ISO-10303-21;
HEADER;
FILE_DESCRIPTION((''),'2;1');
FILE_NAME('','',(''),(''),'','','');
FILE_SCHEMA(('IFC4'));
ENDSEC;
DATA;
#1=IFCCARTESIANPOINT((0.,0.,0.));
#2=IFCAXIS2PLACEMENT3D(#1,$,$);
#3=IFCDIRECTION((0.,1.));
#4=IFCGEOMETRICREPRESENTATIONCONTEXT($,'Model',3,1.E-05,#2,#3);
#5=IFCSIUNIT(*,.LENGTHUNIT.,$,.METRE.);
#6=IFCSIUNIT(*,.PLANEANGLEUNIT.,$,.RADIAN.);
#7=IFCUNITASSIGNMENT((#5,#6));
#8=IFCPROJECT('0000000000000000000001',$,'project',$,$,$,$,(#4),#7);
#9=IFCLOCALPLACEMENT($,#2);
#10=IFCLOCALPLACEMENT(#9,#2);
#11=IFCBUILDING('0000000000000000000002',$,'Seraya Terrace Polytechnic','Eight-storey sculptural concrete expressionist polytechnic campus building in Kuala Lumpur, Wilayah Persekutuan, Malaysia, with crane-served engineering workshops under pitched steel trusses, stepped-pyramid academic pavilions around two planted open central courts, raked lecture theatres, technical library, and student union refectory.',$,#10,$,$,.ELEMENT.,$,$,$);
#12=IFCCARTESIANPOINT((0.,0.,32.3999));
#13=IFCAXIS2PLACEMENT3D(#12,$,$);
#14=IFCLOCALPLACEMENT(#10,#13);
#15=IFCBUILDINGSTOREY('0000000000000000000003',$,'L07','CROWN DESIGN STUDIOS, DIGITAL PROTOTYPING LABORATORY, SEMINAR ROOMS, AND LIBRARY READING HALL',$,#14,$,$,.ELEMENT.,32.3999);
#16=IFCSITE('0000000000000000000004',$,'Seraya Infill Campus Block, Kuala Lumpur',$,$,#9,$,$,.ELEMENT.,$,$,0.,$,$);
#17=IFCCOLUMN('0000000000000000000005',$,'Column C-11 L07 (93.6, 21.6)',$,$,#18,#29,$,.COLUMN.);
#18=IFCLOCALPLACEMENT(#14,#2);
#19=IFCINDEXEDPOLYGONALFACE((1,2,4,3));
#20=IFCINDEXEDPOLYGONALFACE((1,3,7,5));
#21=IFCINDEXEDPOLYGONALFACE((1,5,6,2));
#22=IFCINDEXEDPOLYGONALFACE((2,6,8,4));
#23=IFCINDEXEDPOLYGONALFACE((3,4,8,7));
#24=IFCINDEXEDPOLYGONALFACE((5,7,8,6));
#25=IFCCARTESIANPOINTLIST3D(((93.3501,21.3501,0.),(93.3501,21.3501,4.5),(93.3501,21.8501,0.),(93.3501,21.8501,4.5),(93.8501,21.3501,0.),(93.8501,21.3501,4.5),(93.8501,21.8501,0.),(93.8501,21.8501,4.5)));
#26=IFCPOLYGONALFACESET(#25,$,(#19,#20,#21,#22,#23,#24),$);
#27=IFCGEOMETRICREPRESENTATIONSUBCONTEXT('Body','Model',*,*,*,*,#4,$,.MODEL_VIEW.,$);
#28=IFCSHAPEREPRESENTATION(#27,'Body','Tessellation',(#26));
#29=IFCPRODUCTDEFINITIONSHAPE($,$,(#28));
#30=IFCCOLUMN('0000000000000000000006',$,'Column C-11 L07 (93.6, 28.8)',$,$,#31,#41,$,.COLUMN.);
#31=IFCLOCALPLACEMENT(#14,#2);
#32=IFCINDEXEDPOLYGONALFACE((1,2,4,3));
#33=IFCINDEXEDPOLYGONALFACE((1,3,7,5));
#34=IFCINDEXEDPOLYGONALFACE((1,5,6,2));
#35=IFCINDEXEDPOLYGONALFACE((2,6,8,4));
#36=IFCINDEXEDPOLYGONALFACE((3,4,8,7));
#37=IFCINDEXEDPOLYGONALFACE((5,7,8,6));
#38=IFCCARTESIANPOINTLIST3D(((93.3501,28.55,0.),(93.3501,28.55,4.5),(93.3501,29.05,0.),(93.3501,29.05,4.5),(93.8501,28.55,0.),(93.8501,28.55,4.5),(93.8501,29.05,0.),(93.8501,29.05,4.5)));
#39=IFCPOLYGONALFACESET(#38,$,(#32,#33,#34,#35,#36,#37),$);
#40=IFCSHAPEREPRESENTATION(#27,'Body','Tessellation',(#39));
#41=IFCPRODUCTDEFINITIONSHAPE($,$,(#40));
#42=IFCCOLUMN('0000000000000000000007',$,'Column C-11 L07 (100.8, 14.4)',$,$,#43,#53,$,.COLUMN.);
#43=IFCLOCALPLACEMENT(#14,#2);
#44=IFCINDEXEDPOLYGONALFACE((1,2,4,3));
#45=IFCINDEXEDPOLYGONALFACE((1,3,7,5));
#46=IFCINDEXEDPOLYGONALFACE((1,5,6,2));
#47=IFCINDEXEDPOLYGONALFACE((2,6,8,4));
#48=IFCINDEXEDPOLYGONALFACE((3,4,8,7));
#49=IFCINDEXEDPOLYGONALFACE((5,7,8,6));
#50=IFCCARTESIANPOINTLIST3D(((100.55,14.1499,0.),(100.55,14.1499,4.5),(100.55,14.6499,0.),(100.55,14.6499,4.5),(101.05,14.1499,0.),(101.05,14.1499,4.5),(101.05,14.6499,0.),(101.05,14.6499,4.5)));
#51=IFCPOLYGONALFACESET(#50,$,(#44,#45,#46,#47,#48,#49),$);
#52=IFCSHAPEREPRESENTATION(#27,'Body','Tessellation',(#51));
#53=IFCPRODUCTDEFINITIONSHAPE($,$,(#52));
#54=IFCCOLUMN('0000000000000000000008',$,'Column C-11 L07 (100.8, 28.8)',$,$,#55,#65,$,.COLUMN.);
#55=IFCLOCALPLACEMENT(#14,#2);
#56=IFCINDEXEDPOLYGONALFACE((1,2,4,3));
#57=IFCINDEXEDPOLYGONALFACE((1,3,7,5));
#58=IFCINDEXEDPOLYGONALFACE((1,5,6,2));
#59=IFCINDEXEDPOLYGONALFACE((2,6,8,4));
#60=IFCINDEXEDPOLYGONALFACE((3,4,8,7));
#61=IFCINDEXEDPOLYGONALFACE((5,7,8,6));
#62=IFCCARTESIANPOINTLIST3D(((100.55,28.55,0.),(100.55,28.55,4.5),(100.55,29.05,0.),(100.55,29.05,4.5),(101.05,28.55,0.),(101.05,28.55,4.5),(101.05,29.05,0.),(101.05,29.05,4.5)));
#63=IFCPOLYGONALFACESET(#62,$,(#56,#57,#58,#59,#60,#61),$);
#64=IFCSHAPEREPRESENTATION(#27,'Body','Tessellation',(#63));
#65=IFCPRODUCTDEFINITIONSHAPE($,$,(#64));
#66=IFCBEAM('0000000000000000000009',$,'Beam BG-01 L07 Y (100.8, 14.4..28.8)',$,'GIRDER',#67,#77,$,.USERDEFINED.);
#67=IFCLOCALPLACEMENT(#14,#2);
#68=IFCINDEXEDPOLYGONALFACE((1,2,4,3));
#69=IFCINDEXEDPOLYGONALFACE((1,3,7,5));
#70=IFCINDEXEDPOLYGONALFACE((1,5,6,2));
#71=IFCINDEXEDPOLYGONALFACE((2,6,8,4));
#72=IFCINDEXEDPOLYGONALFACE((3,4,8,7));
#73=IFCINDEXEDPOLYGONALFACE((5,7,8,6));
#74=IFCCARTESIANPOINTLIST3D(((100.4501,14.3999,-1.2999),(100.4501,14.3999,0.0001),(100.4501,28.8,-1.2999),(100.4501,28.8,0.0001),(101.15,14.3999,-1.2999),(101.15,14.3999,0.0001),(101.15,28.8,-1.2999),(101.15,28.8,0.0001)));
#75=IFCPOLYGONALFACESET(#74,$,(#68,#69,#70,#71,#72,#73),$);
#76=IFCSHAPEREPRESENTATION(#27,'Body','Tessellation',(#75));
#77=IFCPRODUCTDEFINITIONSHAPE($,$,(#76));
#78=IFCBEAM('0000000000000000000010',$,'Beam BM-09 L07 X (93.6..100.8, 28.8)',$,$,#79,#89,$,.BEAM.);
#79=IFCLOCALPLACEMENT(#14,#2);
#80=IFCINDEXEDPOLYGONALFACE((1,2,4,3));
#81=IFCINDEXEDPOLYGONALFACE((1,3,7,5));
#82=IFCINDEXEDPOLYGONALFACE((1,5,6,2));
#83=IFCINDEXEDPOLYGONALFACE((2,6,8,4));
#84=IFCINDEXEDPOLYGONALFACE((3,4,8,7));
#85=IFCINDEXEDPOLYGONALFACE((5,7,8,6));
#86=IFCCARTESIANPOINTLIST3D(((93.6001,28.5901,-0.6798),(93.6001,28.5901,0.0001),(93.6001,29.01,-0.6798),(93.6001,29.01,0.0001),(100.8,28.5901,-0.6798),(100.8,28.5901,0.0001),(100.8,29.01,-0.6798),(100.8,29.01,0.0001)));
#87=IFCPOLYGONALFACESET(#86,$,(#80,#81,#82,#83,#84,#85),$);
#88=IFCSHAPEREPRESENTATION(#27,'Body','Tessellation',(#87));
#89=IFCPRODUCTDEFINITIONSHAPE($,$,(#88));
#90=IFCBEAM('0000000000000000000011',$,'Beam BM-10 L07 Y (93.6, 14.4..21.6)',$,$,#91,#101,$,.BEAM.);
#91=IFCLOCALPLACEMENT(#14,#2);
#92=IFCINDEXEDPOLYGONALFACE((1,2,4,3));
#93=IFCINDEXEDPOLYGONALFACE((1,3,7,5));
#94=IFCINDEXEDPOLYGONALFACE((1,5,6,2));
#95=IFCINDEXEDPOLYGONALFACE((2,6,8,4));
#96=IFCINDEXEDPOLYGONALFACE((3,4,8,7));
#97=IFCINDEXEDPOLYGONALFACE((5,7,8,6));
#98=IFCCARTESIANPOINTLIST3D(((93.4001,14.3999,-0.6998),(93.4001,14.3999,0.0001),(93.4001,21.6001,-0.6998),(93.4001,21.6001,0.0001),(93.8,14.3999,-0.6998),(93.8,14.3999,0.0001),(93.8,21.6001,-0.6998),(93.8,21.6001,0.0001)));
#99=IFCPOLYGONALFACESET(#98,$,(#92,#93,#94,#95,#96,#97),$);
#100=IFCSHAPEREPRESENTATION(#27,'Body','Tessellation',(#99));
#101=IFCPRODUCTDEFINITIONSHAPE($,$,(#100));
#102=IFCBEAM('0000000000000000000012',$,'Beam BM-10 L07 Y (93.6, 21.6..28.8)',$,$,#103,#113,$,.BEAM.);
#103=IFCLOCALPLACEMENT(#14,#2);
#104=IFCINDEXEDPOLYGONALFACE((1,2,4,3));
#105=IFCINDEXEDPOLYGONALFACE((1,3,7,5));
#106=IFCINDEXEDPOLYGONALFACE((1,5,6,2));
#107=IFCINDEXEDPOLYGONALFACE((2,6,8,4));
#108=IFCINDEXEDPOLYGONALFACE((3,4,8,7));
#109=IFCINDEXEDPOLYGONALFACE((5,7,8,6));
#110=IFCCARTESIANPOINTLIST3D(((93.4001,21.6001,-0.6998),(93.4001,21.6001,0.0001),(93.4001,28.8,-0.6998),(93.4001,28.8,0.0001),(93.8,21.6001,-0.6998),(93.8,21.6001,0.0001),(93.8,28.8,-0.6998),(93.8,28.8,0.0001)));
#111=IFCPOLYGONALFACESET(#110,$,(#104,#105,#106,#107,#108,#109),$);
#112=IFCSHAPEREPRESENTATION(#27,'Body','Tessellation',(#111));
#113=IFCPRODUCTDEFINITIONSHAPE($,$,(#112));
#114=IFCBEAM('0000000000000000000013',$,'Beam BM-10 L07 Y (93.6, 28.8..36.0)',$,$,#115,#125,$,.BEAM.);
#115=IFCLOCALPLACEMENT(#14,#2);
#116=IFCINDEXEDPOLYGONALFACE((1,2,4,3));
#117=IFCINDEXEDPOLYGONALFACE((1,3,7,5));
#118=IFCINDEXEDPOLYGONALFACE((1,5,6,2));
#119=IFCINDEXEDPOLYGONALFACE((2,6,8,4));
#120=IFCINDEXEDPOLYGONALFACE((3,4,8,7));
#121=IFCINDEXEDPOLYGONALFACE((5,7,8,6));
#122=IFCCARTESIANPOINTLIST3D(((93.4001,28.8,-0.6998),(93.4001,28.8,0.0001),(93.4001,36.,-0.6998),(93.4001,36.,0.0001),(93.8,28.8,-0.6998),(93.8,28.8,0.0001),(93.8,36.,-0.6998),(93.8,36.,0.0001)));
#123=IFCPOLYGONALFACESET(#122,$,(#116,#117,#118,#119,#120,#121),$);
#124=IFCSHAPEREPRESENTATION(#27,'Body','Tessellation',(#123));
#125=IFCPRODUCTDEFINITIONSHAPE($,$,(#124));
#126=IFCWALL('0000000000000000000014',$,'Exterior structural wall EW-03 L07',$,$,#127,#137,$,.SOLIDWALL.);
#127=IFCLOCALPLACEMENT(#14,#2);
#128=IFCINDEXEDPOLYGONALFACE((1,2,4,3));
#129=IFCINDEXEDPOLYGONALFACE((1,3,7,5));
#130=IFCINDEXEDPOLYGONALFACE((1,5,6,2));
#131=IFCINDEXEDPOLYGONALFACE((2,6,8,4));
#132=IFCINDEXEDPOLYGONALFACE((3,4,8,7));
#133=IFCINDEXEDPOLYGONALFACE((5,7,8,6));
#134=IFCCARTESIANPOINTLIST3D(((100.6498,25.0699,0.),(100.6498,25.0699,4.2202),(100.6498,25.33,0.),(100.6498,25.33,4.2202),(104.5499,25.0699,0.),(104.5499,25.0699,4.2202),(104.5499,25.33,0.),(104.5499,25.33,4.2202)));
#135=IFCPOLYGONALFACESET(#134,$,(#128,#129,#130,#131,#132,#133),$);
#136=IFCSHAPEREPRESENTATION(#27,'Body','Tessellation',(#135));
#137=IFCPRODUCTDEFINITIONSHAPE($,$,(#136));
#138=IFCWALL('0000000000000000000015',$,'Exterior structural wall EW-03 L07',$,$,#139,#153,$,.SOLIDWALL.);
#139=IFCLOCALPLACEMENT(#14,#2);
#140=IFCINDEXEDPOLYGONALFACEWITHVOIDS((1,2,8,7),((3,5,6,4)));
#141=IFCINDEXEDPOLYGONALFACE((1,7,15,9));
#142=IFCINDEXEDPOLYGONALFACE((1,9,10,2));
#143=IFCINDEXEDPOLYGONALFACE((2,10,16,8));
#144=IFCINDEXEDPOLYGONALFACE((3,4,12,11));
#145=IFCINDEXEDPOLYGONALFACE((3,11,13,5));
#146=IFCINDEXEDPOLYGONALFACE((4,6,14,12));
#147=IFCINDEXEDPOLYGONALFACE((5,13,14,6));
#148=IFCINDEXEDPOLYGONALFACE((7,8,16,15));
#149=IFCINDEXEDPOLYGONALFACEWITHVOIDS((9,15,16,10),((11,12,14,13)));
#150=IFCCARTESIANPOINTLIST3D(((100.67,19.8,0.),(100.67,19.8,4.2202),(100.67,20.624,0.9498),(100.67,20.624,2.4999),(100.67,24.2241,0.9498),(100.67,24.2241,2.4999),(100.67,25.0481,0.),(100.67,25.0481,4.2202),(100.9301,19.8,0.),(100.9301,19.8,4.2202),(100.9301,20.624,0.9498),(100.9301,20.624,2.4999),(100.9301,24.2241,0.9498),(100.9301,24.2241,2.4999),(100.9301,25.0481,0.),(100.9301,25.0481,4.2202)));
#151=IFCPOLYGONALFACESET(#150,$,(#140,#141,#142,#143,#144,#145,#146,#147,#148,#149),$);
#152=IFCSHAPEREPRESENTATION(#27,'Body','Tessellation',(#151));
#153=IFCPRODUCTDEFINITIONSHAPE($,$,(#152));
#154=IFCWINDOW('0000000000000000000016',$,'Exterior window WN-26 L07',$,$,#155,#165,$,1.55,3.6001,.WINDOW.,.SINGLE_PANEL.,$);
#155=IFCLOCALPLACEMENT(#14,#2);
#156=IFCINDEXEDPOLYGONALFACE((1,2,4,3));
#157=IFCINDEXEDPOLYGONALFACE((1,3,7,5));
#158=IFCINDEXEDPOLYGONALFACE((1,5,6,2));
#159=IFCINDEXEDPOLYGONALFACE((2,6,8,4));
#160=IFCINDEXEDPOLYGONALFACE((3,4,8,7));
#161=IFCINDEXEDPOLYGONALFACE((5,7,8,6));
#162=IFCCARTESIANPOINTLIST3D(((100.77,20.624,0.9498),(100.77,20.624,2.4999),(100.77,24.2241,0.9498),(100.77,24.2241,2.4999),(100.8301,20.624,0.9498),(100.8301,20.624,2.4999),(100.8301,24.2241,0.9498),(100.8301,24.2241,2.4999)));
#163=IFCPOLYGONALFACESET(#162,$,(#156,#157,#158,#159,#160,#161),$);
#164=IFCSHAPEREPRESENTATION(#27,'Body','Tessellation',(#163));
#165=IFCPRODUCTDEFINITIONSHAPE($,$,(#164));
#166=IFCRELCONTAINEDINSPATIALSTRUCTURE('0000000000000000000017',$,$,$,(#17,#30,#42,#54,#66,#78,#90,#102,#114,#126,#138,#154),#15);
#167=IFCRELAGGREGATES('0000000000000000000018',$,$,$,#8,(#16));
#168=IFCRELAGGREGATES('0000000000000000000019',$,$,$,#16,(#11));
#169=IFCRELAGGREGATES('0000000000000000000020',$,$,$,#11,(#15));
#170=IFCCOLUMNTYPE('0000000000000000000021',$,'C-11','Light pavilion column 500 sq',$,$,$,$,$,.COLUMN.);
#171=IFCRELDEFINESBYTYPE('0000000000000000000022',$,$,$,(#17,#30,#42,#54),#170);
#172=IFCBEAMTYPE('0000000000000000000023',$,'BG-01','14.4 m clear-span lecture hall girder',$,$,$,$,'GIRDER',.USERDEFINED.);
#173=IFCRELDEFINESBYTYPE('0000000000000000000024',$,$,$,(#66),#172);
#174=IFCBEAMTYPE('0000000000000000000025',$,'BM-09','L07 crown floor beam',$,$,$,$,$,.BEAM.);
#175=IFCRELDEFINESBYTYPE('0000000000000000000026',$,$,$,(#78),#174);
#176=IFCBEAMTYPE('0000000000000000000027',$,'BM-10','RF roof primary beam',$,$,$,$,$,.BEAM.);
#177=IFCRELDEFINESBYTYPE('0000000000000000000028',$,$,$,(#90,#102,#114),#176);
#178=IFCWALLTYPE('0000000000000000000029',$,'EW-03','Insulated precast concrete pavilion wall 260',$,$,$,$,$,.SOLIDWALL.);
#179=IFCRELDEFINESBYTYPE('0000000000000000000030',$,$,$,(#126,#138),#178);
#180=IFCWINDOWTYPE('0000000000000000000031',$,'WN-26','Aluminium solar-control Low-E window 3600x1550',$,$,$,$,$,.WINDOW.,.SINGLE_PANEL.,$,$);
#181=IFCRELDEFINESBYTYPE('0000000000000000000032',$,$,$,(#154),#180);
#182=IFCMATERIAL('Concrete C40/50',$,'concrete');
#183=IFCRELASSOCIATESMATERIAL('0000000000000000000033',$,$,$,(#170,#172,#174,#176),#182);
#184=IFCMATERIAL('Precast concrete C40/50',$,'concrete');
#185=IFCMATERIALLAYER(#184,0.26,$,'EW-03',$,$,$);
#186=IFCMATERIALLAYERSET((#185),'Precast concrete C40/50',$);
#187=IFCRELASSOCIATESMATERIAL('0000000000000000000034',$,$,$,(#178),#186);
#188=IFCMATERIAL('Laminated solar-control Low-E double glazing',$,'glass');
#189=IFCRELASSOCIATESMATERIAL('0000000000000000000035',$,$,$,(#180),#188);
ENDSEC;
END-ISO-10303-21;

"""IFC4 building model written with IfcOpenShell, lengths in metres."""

from ifc_helpers import new_model, si_unit, direction, frame, frame_2d, origin, origin_2d, place, context, subcontext, project, spatial, rectangle, extrude, material, layer, layer_set, material_profile, profile_set, type_object, element, fill, save


model = new_model("IFC4")

# Units and contexts
model_context = context("Model", 3, precision=1e-05, world=origin(), true_north=direction((0.0, 1.0)))
body_context = subcontext(model_context, "Body", "Model", "MODEL_VIEW")
ifc_project = project(units=[si_unit("LENGTHUNIT", "METRE"), si_unit("PLANEANGLEUNIT", "RADIAN")], contexts=[model_context])

# Site, building, storey
site_placement = place(None, origin())
site = spatial("IfcSite", under=ifc_project, at=site_placement, Name="Seraya Infill Campus Block, Kuala Lumpur", CompositionType="ELEMENT", RefElevation=0.0)
building_placement = place(site_placement, origin())
building = spatial("IfcBuilding", under=site, at=building_placement, Name="Seraya Terrace Polytechnic", Description="Eight-storey sculptural concrete expressionist polytechnic campus building in Kuala Lumpur, Wilayah Persekutuan, Malaysia, with crane-served engineering workshops under pitched steel trusses, stepped-pyramid academic pavilions around two planted open central courts, raked lecture theatres, technical library, and student union refectory.", CompositionType="ELEMENT")
storey_placement = place(building_placement, frame((0.0, 0.0, 32.3999)))
storey = spatial("IfcBuildingStorey", under=building, at=storey_placement, Name="L07", Description="CROWN DESIGN STUDIOS, DIGITAL PROTOTYPING LABORATORY, SEMINAR ROOMS, AND LIBRARY READING HALL", CompositionType="ELEMENT", Elevation=32.3999)

# Columns
ifc_material_1 = material(Name="Concrete C40/50", Category="concrete")
ifc_material_profile_1 = material_profile(ifc_material_1, rectangle(XDim=0.5, YDim=0.5, at=origin_2d()), Name="RC 500x500")
ifc_profile_set_1 = profile_set([ifc_material_profile_1], Name="Concrete C40/50")
column_type = type_object("IfcColumnType", Name="C-11", Description="Light pavilion column 500 sq", PredefinedType="COLUMN", material=ifc_profile_set_1)
for number, where, z_axis, x_axis, name in (
    (1, (93.6001, 21.6001, 0.0), (0.0, 0.0, 1.0), (1.0, 0.0, 0.0), "Column C-11 L07 (93.6, 21.6)"),
    (2, (93.6001, 28.8, 0.0), (0.0, 0.0, 1.0), (1.0, 0.0, 0.0), "Column C-11 L07 (93.6, 28.8)"),
    (3, (100.8, 14.3999, 0.0), (0.0, 0.0, 1.0), (1.0, 0.0, 0.0), "Column C-11 L07 (100.8, 14.4)"),
    (4, (100.8, 28.8, 0.0), (0.0, 0.0, 1.0), (1.0, 0.0, 0.0), "Column C-11 L07 (100.8, 28.8)"),
):
    element("IfcColumn", number, at=place(storey_placement, frame(where, z_axis=z_axis, x_axis=x_axis)), inside=storey, type_object=column_type, Name=name, PredefinedType="COLUMN", context=body_context, shape_type="SweptSolid", body=[
        extrude(rectangle(XDim=0.5, YDim=0.5, at=origin_2d()), origin(), (0.0, 0.0, 1.0), 4.5),
    ])

# Beams
ifc_material_profile_2 = material_profile(ifc_material_1, rectangle(XDim=0.7, YDim=1.3, at=origin_2d()), Name="RC 700x1300")
ifc_profile_set_2 = profile_set([ifc_material_profile_2], Name="Concrete C40/50")
beam_type_1 = type_object("IfcBeamType", Name="BG-01", Description="14.4 m clear-span lecture hall girder", ElementType="GIRDER", PredefinedType="USERDEFINED", material=ifc_profile_set_2)
beam_1_placement = place(storey_placement, frame((100.8, 14.3999, -0.6499), z_axis=(0.0, 1.0, 0.0), x_axis=(-1.0, 0.0, 0.0)))
element("IfcBeam", 5, at=beam_1_placement, inside=storey, type_object=beam_type_1, Name="Beam BG-01 L07 Y (100.8, 14.4..28.8)", ObjectType="GIRDER", PredefinedType="USERDEFINED", context=body_context, shape_type="SweptSolid", body=[
    extrude(rectangle(XDim=0.7, YDim=1.3, at=origin_2d()), origin(), (0.0, 0.0, 1.0), 14.4001),
])
ifc_material_profile_3 = material_profile(ifc_material_1, rectangle(XDim=0.4199, YDim=0.6799, at=origin_2d()), Name="RC 420x680")
ifc_profile_set_3 = profile_set([ifc_material_profile_3], Name="Concrete C40/50")
beam_type_2 = type_object("IfcBeamType", Name="BM-09", Description="L07 crown floor beam", PredefinedType="BEAM", material=ifc_profile_set_3)
beam_2_placement = place(storey_placement, frame((93.6001, 28.8, -0.3398), z_axis=(1.0, 0.0, 0.0), x_axis=(0.0, 1.0, 0.0)))
element("IfcBeam", 6, at=beam_2_placement, inside=storey, type_object=beam_type_2, Name="Beam BM-09 L07 X (93.6..100.8, 28.8)", PredefinedType="BEAM", context=body_context, shape_type="SweptSolid", body=[
    extrude(rectangle(XDim=0.4199, YDim=0.6799, at=origin_2d()), origin(), (0.0, 0.0, 1.0), 7.2),
])
ifc_material_profile_4 = material_profile(ifc_material_1, rectangle(XDim=0.3999, YDim=0.7, at=origin_2d()), Name="RC 400x700")
ifc_profile_set_4 = profile_set([ifc_material_profile_4], Name="Concrete C40/50")
beam_type_3 = type_object("IfcBeamType", Name="BM-10", Description="RF roof primary beam", PredefinedType="BEAM", material=ifc_profile_set_4)
beam_3_placement = place(storey_placement, frame((93.6001, 14.3999, -0.3499), z_axis=(0.0, 1.0, 0.0), x_axis=(-1.0, 0.0, 0.0)))
element("IfcBeam", 7, at=beam_3_placement, inside=storey, type_object=beam_type_3, Name="Beam BM-10 L07 Y (93.6, 14.4..21.6)", PredefinedType="BEAM", context=body_context, shape_type="SweptSolid", body=[
    extrude(rectangle(XDim=0.3999, YDim=0.7, at=origin_2d()), origin(), (0.0, 0.0, 1.0), 7.2002),
])
for number, where, z_axis, x_axis, name in (
    (8, (93.6001, 21.6001, -0.3499), (0.0, 1.0, 0.0), (-1.0, 0.0, 0.0), "Beam BM-10 L07 Y (93.6, 21.6..28.8)"),
    (9, (93.6001, 28.8, -0.3499), (0.0, 1.0, 0.0), (-1.0, 0.0, 0.0), "Beam BM-10 L07 Y (93.6, 28.8..36.0)"),
):
    element("IfcBeam", number, at=place(storey_placement, frame(where, z_axis=z_axis, x_axis=x_axis)), inside=storey, type_object=beam_type_3, Name=name, PredefinedType="BEAM", context=body_context, shape_type="SweptSolid", body=[
        extrude(rectangle(XDim=0.3999, YDim=0.7, at=origin_2d()), origin(), (0.0, 0.0, 1.0), 7.2),
    ])

# Wall
ifc_material_2 = material(Name="Precast concrete C40/50", Category="concrete")
ifc_layer_1 = layer(ifc_material_2, 0.26, Name="EW-03")
ifc_layer_set_1 = layer_set([ifc_layer_1], Name="Precast concrete C40/50")
wall_type_1 = type_object("IfcWallType", Name="EW-03", Description="Insulated precast concrete pavilion wall 260", PredefinedType="SOLIDWALL", material=ifc_layer_set_1)
wall_1_placement = place(storey_placement, frame((104.55, 25.2, 0.0), z_axis=(0.0, 0.0, 1.0), x_axis=(-1.0, 0.0, 0.0)))
element("IfcWall", 10, at=wall_1_placement, inside=storey, type_object=wall_type_1, Name="Exterior structural wall EW-03 L07", PredefinedType="SOLIDWALL", context=body_context, shape_type="SweptSolid", body=[
    extrude(rectangle(XDim=3.9001, YDim=0.26, at=frame_2d((1.9502, 0.0))), origin(), (0.0, 0.0, 1.0), 4.2202),
])

# Wall, opening, window
wall_2_placement = place(storey_placement, frame((100.8, 25.0481, 0.0), z_axis=(0.0, 0.0, 1.0), x_axis=(0.0, -1.0, 0.0)))
wall_2 = element("IfcWall", 11, at=wall_2_placement, inside=storey, type_object=wall_type_1, Name="Exterior structural wall EW-03 L07", PredefinedType="SOLIDWALL", context=body_context, shape_type="SweptSolid", body=[
    extrude(rectangle(XDim=5.248, YDim=0.26, at=frame_2d((2.624, 0.0))), origin(), (0.0, 0.0, 1.0), 4.2202),
])
opening_1_placement = place(wall_2_placement, frame((0.824, 0.0, 0.95)))
opening_1 = element("IfcOpeningElement", 12, at=opening_1_placement, cuts=wall_2, PredefinedType="OPENING", context=body_context, shape_type="SweptSolid", body=[
    extrude(rectangle(XDim=3.6001, YDim=1.55, at=frame_2d((1.8, 0.7749))), frame((0.0, 0.1421, 0.0), z_axis=(0.0, -1.0, 0.0), x_axis=(1.0, 0.0, 0.0)), (0.0, 0.0, 1.0), 0.2839),
])
ifc_material_3 = material(Name="Laminated solar-control Low-E double glazing", Category="glass")
window_type_1 = type_object("IfcWindowType", Name="WN-26", Description="Aluminium solar-control Low-E window 3600x1550", PartitioningType="SINGLE_PANEL", PredefinedType="WINDOW", material=ifc_material_3)
window_1_placement = place(opening_1_placement, origin())
window_1 = element("IfcWindow", 13, at=window_1_placement, inside=storey, type_object=window_type_1, Name="Exterior window WN-26 L07", OverallHeight=1.55, OverallWidth=3.6001, PartitioningType="SINGLE_PANEL", PredefinedType="WINDOW", context=body_context, shape_type="SweptSolid", body=[
    extrude(rectangle(XDim=3.6001, YDim=1.55, at=frame_2d((1.8, 0.7749))), frame((0.0, 0.03, 0.0), z_axis=(0.0, -1.0, 0.0), x_axis=(1.0, 0.0, 0.0)), (0.0, 0.0, 1.0), 0.0601),
])
fill(opening_1, window_1)

save(model, "model.ifc")
